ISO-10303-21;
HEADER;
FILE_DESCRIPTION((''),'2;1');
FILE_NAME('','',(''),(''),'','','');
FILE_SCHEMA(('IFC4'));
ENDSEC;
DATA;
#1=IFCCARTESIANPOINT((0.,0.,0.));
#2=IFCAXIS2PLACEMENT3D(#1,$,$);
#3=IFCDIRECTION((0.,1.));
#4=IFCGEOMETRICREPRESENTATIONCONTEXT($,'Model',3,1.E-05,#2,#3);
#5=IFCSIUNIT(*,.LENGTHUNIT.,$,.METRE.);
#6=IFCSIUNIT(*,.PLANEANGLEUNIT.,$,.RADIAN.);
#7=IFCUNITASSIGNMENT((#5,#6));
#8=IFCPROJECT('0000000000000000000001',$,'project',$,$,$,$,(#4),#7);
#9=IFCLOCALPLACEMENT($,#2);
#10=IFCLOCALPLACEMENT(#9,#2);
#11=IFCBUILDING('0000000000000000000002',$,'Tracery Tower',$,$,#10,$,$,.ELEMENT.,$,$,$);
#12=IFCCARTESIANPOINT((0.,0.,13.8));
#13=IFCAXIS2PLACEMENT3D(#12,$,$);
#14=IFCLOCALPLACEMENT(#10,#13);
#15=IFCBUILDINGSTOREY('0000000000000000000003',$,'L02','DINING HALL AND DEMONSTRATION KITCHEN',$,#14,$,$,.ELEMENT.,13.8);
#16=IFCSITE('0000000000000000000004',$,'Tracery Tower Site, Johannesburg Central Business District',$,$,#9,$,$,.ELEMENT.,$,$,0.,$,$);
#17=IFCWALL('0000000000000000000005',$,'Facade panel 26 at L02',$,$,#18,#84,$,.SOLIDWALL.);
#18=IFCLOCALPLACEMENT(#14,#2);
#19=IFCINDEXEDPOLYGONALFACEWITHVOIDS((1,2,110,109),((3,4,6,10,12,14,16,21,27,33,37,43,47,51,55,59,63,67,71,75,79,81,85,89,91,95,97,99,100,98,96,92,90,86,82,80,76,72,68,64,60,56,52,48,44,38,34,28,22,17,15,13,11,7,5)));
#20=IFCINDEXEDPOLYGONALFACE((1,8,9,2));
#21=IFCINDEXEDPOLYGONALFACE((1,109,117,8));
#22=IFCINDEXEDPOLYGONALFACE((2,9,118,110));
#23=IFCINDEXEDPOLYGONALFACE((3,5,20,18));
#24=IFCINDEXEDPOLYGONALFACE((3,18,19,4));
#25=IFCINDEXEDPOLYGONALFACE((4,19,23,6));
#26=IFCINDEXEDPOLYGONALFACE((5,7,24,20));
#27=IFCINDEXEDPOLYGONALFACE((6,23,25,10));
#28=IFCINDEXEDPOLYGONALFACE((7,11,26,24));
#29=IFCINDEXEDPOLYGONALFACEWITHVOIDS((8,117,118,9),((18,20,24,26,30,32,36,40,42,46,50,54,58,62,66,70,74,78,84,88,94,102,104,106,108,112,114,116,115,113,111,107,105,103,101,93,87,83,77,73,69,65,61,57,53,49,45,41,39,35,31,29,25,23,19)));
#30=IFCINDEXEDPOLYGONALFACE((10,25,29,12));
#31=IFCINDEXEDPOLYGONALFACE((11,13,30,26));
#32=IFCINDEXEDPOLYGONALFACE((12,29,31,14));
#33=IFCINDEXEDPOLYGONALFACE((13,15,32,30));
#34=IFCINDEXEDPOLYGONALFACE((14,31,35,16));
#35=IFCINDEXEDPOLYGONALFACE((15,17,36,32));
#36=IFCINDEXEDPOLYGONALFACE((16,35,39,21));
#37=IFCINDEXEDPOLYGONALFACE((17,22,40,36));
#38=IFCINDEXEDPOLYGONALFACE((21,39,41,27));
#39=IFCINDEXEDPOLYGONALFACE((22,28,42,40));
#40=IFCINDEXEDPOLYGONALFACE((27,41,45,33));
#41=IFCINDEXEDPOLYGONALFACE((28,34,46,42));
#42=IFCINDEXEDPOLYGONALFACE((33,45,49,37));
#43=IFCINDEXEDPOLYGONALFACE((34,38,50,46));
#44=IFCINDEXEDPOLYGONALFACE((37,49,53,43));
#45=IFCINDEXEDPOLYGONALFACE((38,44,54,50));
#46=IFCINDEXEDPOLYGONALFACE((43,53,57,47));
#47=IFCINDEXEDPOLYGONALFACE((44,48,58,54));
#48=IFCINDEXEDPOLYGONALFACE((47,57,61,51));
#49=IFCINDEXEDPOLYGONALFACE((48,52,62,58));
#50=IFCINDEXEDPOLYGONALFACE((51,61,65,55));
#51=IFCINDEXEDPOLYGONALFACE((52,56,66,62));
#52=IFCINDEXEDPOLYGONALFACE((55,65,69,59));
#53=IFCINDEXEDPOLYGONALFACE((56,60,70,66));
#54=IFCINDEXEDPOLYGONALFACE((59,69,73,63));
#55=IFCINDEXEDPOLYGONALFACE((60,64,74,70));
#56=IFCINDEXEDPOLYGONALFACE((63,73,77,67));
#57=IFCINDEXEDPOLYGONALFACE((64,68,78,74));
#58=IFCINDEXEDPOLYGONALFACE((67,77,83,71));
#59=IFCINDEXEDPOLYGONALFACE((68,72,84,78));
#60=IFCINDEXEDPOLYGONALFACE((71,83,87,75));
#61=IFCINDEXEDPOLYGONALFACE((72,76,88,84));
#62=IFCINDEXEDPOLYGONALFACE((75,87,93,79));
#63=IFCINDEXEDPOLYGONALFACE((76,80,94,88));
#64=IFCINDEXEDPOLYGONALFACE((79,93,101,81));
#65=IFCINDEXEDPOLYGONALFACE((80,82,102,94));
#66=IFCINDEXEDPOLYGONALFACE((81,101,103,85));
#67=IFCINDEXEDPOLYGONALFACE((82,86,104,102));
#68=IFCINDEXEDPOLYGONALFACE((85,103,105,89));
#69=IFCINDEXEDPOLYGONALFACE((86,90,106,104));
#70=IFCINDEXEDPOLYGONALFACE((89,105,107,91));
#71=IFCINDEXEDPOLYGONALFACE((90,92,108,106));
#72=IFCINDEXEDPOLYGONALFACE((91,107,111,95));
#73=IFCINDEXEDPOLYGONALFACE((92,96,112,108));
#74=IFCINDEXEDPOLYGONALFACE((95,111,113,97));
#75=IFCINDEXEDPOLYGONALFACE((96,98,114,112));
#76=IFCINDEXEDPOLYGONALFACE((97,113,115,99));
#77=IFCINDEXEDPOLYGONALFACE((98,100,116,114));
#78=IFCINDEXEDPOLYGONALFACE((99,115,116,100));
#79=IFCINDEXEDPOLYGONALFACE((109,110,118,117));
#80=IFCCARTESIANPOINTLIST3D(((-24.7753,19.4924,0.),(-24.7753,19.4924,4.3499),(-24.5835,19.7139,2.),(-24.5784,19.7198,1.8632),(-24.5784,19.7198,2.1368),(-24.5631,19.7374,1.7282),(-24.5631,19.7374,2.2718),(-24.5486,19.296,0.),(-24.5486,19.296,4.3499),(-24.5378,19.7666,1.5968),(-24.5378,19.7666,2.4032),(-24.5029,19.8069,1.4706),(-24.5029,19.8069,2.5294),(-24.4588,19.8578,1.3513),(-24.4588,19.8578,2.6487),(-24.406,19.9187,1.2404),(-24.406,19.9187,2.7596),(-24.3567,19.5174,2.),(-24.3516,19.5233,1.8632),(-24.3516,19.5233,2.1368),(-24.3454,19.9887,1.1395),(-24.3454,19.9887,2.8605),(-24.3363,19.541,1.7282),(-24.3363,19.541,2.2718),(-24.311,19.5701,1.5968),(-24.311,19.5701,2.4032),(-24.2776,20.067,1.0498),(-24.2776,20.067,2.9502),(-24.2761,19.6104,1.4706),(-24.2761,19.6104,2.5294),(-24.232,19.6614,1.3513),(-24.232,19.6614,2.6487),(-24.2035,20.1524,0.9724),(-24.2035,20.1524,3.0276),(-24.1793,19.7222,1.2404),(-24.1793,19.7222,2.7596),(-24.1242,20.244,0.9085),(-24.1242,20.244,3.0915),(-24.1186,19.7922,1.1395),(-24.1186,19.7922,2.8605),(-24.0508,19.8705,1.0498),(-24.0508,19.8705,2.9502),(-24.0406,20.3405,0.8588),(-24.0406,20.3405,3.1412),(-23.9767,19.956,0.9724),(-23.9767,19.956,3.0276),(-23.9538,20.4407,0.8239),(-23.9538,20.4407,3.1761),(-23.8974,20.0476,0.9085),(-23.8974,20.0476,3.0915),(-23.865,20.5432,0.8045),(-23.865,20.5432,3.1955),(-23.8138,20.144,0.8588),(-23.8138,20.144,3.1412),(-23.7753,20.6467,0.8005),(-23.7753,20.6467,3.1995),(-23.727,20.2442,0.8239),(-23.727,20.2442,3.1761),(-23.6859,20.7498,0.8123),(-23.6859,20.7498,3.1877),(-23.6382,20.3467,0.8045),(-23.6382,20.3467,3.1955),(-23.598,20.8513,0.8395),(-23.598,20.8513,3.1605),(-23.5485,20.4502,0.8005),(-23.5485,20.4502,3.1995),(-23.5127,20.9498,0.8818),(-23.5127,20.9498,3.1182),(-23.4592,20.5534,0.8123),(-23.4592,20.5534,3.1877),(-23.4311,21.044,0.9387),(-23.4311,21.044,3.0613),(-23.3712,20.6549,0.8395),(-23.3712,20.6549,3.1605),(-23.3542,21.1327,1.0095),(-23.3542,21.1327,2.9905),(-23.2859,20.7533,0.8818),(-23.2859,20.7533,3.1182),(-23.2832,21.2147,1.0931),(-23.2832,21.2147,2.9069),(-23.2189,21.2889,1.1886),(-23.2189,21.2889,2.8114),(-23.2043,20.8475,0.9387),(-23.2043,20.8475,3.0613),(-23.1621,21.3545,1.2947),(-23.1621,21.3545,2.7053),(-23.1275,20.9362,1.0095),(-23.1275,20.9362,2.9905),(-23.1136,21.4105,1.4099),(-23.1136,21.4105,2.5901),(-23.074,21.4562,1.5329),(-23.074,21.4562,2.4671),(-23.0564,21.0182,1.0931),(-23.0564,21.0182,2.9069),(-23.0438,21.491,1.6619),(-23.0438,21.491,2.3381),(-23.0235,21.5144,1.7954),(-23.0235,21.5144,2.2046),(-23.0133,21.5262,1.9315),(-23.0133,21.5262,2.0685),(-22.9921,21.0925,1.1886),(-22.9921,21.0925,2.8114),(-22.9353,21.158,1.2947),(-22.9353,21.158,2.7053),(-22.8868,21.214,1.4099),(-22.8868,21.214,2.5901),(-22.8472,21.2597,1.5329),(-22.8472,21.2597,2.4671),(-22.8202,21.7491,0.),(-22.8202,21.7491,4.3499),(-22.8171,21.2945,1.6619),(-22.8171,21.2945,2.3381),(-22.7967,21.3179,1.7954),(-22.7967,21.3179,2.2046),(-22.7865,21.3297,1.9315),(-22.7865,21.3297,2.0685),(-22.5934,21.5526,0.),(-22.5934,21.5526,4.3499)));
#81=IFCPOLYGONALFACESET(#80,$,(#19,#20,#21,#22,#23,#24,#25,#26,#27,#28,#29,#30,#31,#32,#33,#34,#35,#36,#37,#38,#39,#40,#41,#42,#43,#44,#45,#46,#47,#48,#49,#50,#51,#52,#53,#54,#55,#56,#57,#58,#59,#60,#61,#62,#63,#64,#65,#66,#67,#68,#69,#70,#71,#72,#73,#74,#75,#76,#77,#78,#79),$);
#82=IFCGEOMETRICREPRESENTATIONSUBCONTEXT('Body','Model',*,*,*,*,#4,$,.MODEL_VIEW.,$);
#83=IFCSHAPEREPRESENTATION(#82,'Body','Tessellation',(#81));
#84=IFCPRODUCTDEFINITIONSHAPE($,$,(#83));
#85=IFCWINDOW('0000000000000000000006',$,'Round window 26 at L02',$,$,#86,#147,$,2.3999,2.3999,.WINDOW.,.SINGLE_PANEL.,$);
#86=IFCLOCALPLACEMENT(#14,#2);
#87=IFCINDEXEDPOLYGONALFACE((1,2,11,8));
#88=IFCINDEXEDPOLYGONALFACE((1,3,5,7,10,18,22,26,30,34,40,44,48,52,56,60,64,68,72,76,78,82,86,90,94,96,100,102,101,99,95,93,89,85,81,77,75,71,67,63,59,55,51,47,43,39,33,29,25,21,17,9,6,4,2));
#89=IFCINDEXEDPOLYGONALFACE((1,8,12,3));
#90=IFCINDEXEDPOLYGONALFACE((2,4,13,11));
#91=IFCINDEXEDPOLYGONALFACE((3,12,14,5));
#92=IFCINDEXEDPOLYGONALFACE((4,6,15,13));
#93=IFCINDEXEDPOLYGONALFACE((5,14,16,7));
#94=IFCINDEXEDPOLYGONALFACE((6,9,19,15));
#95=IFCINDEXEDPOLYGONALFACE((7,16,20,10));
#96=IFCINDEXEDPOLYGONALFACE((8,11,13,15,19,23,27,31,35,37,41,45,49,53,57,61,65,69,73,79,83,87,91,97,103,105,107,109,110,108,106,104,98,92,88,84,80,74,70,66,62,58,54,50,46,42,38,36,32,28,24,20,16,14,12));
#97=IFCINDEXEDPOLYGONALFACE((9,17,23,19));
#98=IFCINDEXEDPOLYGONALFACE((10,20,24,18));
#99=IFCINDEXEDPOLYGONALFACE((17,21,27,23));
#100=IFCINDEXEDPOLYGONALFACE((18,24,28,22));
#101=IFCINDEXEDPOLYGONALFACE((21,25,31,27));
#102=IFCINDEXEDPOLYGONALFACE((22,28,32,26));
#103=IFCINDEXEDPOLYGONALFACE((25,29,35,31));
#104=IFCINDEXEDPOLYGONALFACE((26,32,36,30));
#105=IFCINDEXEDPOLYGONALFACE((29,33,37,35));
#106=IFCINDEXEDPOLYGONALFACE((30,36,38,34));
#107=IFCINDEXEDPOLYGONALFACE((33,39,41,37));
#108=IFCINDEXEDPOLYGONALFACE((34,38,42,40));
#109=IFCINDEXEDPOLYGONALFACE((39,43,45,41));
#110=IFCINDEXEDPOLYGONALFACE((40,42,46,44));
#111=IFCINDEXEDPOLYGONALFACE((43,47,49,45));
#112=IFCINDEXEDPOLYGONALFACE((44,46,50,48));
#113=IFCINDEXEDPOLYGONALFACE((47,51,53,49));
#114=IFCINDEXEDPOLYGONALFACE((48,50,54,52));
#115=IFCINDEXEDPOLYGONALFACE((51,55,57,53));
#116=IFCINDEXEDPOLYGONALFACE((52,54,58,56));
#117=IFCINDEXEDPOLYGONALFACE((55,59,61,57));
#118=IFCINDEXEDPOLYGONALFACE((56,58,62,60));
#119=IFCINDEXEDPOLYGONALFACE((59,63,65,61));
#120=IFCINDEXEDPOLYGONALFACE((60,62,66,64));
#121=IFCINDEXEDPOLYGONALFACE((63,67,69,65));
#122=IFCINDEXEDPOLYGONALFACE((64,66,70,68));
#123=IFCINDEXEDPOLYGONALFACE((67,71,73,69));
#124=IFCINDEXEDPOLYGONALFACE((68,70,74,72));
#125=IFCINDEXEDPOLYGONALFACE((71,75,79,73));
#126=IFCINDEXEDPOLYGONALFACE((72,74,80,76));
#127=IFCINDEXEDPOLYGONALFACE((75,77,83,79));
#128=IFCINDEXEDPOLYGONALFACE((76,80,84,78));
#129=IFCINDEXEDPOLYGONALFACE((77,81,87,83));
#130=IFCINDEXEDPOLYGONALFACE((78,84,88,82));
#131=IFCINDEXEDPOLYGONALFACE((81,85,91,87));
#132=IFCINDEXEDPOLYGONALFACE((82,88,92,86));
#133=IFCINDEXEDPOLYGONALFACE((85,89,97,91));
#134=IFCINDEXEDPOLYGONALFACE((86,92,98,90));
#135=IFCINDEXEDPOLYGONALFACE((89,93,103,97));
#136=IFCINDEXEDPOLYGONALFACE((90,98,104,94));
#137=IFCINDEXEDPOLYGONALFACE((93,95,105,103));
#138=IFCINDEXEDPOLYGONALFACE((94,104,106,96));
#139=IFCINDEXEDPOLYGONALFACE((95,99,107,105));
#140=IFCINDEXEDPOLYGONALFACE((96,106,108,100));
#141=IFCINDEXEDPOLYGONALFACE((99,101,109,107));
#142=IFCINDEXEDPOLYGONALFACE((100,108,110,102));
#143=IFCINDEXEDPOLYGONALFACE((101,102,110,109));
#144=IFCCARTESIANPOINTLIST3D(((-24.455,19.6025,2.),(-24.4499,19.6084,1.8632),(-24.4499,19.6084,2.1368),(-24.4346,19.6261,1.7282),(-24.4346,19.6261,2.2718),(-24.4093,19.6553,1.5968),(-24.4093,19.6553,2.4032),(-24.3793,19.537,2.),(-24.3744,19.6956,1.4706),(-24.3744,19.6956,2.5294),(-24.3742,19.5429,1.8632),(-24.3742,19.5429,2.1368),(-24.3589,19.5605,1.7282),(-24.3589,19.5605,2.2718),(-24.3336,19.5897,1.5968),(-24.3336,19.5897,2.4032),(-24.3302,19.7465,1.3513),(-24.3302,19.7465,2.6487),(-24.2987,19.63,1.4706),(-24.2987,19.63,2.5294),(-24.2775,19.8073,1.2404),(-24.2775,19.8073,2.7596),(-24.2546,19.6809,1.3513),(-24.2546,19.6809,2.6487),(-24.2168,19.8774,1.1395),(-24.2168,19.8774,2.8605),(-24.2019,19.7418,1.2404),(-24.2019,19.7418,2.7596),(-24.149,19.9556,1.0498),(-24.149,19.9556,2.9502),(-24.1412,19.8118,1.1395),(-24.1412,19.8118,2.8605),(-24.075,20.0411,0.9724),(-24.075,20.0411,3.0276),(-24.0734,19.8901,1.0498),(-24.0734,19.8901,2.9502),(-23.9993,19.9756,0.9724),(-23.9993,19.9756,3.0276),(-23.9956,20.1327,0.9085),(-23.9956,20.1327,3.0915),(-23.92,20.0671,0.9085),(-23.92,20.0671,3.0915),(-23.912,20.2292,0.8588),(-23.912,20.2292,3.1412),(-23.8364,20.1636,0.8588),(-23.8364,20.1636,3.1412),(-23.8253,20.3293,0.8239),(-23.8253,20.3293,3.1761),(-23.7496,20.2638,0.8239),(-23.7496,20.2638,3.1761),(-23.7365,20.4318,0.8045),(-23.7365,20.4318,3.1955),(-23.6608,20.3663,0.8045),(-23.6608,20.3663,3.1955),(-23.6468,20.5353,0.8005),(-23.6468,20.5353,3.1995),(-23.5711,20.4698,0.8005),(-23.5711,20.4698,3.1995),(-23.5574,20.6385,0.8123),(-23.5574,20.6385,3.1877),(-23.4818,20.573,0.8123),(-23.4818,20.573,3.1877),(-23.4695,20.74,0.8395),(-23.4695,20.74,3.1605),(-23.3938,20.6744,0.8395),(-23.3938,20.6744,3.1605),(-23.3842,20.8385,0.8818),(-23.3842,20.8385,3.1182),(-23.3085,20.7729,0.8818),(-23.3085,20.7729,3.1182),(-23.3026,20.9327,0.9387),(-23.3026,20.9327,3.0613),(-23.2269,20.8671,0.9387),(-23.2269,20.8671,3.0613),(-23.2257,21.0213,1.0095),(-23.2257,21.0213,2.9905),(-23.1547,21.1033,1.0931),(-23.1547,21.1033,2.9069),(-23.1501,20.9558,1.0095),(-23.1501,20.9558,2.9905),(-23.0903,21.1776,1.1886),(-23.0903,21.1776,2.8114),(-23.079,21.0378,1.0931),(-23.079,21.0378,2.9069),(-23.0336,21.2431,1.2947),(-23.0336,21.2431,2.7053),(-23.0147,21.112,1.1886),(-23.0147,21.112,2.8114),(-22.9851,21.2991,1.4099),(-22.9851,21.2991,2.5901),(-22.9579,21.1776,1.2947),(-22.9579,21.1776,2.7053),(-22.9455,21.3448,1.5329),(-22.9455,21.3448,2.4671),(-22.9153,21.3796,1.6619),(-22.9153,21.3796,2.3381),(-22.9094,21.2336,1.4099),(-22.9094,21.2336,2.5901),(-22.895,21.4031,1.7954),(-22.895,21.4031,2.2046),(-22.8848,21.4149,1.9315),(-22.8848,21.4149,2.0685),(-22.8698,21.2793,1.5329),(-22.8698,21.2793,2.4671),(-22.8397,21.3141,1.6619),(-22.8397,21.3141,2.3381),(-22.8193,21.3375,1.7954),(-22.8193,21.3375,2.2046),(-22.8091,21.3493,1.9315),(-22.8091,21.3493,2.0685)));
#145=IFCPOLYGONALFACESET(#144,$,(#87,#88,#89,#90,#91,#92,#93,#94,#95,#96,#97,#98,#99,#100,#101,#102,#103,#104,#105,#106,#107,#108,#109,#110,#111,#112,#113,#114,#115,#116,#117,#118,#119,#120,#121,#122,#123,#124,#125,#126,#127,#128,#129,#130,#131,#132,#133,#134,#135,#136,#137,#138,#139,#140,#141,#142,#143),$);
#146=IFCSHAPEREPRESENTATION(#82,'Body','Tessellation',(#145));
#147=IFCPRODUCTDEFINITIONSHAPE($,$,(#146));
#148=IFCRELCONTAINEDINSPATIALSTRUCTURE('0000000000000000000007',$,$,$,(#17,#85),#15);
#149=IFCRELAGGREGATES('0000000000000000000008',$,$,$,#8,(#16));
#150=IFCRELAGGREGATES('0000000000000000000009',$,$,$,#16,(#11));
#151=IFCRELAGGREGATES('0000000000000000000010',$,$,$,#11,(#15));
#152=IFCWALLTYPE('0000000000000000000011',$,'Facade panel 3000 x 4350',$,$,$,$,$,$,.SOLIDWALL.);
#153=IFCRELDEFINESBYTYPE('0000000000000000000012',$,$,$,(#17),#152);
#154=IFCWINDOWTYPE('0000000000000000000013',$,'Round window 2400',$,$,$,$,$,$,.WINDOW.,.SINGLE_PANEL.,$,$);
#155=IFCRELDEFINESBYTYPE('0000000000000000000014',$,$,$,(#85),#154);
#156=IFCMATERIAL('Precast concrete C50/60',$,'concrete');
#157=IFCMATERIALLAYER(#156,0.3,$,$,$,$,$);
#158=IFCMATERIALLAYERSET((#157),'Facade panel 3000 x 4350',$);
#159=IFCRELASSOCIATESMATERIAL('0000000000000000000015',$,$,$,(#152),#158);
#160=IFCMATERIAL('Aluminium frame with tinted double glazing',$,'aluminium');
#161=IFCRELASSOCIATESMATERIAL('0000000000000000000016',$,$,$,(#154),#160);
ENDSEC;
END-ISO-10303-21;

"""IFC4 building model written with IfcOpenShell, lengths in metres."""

from ifc_helpers import new_model, si_unit, direction, frame, frame_2d, origin, origin_2d, place, context, subcontext, project, spatial, rectangle, circle, extrude, material, layer, layer_set, type_object, element, fill, save


model = new_model("IFC4")

# Units and contexts
model_context = context("Model", 3, precision=1e-05, world=origin(), true_north=direction((0.0, 1.0)))
body_context = subcontext(model_context, "Body", "Model", "MODEL_VIEW")
ifc_project = project(units=[si_unit("LENGTHUNIT", "METRE"), si_unit("PLANEANGLEUNIT", "RADIAN")], contexts=[model_context])

# Site, building, storey
site_placement = place(None, origin())
site = spatial("IfcSite", under=ifc_project, at=site_placement, Name="Tracery Tower Site, Johannesburg Central Business District", CompositionType="ELEMENT", RefElevation=0.0)
building_placement = place(site_placement, origin())
building = spatial("IfcBuilding", under=site, at=building_placement, Name="Tracery Tower", CompositionType="ELEMENT")
storey_placement = place(building_placement, frame((0.0, 0.0, 13.8)))
storey = spatial("IfcBuildingStorey", under=building, at=storey_placement, Name="L02", Description="DINING HALL AND DEMONSTRATION KITCHEN", CompositionType="ELEMENT", Elevation=13.8)

# Wall, opening, window
ifc_material_1 = material(Name="Precast concrete C50/60", Category="concrete")
ifc_layer_1 = layer(ifc_material_1, 0.3)
ifc_layer_set_1 = layer_set([ifc_layer_1], Name="Facade panel 3000 x 4350")
wall_type_1 = type_object("IfcWallType", Name="Facade panel 3000 x 4350", PredefinedType="SOLIDWALL", material=ifc_layer_set_1)
ifc_material_2 = material(Name="Aluminium frame with tinted double glazing", Category="aluminium")
window_type = type_object("IfcWindowType", Name="Round window 2400", PartitioningType="SINGLE_PANEL", PredefinedType="WINDOW", material=ifc_material_2)
wall_1_placement = place(storey_placement, frame((-22.7068, 21.6509, 0.0), z_axis=(0.0, 0.0, 1.0), x_axis=(-0.654809, -0.755794, 0.0)))
wall_1 = element("IfcWall", 1, at=wall_1_placement, inside=storey, type_object=wall_type_1, Name="Facade panel 26 at L02", PredefinedType="SOLIDWALL", context=body_context, shape_type="SweptSolid", body=[
    extrude(rectangle(XDim=2.9858, YDim=0.3, at=frame_2d((1.4929, 0.0))), origin(), (0.0, 0.0, 1.0), 4.3499),
])
opening_1_placement = place(wall_1_placement, frame((1.4929, 0.0, 2.0)))
opening_1 = element("IfcOpeningElement", 2, at=opening_1_placement, cuts=wall_1, PredefinedType="OPENING", context=body_context, shape_type="SweptSolid", body=[
    extrude(circle(Radius=1.2, at=origin_2d()), frame((0.0, 0.1599, 0.0), z_axis=(0.0, -1.0, 0.0), x_axis=(1.0, 0.0, 0.0)), (0.0, 0.0, 1.0), 0.3201),
])
window_1_placement = place(opening_1_placement, origin())
window_1 = element("IfcWindow", 3, at=window_1_placement, inside=storey, type_object=window_type, Name="Round window 26 at L02", OverallHeight=2.3999, OverallWidth=2.3999, PartitioningType="SINGLE_PANEL", PredefinedType="WINDOW", context=body_context, shape_type="SweptSolid", body=[
    extrude(circle(Radius=1.2, at=origin_2d()), frame((0.0, 0.1201, 0.0), z_axis=(0.0, -1.0, 0.0), x_axis=(1.0, 0.0, 0.0)), (0.0, 0.0, 1.0), 0.1001),
])
fill(opening_1, window_1)

save(model, "model.ifc")
